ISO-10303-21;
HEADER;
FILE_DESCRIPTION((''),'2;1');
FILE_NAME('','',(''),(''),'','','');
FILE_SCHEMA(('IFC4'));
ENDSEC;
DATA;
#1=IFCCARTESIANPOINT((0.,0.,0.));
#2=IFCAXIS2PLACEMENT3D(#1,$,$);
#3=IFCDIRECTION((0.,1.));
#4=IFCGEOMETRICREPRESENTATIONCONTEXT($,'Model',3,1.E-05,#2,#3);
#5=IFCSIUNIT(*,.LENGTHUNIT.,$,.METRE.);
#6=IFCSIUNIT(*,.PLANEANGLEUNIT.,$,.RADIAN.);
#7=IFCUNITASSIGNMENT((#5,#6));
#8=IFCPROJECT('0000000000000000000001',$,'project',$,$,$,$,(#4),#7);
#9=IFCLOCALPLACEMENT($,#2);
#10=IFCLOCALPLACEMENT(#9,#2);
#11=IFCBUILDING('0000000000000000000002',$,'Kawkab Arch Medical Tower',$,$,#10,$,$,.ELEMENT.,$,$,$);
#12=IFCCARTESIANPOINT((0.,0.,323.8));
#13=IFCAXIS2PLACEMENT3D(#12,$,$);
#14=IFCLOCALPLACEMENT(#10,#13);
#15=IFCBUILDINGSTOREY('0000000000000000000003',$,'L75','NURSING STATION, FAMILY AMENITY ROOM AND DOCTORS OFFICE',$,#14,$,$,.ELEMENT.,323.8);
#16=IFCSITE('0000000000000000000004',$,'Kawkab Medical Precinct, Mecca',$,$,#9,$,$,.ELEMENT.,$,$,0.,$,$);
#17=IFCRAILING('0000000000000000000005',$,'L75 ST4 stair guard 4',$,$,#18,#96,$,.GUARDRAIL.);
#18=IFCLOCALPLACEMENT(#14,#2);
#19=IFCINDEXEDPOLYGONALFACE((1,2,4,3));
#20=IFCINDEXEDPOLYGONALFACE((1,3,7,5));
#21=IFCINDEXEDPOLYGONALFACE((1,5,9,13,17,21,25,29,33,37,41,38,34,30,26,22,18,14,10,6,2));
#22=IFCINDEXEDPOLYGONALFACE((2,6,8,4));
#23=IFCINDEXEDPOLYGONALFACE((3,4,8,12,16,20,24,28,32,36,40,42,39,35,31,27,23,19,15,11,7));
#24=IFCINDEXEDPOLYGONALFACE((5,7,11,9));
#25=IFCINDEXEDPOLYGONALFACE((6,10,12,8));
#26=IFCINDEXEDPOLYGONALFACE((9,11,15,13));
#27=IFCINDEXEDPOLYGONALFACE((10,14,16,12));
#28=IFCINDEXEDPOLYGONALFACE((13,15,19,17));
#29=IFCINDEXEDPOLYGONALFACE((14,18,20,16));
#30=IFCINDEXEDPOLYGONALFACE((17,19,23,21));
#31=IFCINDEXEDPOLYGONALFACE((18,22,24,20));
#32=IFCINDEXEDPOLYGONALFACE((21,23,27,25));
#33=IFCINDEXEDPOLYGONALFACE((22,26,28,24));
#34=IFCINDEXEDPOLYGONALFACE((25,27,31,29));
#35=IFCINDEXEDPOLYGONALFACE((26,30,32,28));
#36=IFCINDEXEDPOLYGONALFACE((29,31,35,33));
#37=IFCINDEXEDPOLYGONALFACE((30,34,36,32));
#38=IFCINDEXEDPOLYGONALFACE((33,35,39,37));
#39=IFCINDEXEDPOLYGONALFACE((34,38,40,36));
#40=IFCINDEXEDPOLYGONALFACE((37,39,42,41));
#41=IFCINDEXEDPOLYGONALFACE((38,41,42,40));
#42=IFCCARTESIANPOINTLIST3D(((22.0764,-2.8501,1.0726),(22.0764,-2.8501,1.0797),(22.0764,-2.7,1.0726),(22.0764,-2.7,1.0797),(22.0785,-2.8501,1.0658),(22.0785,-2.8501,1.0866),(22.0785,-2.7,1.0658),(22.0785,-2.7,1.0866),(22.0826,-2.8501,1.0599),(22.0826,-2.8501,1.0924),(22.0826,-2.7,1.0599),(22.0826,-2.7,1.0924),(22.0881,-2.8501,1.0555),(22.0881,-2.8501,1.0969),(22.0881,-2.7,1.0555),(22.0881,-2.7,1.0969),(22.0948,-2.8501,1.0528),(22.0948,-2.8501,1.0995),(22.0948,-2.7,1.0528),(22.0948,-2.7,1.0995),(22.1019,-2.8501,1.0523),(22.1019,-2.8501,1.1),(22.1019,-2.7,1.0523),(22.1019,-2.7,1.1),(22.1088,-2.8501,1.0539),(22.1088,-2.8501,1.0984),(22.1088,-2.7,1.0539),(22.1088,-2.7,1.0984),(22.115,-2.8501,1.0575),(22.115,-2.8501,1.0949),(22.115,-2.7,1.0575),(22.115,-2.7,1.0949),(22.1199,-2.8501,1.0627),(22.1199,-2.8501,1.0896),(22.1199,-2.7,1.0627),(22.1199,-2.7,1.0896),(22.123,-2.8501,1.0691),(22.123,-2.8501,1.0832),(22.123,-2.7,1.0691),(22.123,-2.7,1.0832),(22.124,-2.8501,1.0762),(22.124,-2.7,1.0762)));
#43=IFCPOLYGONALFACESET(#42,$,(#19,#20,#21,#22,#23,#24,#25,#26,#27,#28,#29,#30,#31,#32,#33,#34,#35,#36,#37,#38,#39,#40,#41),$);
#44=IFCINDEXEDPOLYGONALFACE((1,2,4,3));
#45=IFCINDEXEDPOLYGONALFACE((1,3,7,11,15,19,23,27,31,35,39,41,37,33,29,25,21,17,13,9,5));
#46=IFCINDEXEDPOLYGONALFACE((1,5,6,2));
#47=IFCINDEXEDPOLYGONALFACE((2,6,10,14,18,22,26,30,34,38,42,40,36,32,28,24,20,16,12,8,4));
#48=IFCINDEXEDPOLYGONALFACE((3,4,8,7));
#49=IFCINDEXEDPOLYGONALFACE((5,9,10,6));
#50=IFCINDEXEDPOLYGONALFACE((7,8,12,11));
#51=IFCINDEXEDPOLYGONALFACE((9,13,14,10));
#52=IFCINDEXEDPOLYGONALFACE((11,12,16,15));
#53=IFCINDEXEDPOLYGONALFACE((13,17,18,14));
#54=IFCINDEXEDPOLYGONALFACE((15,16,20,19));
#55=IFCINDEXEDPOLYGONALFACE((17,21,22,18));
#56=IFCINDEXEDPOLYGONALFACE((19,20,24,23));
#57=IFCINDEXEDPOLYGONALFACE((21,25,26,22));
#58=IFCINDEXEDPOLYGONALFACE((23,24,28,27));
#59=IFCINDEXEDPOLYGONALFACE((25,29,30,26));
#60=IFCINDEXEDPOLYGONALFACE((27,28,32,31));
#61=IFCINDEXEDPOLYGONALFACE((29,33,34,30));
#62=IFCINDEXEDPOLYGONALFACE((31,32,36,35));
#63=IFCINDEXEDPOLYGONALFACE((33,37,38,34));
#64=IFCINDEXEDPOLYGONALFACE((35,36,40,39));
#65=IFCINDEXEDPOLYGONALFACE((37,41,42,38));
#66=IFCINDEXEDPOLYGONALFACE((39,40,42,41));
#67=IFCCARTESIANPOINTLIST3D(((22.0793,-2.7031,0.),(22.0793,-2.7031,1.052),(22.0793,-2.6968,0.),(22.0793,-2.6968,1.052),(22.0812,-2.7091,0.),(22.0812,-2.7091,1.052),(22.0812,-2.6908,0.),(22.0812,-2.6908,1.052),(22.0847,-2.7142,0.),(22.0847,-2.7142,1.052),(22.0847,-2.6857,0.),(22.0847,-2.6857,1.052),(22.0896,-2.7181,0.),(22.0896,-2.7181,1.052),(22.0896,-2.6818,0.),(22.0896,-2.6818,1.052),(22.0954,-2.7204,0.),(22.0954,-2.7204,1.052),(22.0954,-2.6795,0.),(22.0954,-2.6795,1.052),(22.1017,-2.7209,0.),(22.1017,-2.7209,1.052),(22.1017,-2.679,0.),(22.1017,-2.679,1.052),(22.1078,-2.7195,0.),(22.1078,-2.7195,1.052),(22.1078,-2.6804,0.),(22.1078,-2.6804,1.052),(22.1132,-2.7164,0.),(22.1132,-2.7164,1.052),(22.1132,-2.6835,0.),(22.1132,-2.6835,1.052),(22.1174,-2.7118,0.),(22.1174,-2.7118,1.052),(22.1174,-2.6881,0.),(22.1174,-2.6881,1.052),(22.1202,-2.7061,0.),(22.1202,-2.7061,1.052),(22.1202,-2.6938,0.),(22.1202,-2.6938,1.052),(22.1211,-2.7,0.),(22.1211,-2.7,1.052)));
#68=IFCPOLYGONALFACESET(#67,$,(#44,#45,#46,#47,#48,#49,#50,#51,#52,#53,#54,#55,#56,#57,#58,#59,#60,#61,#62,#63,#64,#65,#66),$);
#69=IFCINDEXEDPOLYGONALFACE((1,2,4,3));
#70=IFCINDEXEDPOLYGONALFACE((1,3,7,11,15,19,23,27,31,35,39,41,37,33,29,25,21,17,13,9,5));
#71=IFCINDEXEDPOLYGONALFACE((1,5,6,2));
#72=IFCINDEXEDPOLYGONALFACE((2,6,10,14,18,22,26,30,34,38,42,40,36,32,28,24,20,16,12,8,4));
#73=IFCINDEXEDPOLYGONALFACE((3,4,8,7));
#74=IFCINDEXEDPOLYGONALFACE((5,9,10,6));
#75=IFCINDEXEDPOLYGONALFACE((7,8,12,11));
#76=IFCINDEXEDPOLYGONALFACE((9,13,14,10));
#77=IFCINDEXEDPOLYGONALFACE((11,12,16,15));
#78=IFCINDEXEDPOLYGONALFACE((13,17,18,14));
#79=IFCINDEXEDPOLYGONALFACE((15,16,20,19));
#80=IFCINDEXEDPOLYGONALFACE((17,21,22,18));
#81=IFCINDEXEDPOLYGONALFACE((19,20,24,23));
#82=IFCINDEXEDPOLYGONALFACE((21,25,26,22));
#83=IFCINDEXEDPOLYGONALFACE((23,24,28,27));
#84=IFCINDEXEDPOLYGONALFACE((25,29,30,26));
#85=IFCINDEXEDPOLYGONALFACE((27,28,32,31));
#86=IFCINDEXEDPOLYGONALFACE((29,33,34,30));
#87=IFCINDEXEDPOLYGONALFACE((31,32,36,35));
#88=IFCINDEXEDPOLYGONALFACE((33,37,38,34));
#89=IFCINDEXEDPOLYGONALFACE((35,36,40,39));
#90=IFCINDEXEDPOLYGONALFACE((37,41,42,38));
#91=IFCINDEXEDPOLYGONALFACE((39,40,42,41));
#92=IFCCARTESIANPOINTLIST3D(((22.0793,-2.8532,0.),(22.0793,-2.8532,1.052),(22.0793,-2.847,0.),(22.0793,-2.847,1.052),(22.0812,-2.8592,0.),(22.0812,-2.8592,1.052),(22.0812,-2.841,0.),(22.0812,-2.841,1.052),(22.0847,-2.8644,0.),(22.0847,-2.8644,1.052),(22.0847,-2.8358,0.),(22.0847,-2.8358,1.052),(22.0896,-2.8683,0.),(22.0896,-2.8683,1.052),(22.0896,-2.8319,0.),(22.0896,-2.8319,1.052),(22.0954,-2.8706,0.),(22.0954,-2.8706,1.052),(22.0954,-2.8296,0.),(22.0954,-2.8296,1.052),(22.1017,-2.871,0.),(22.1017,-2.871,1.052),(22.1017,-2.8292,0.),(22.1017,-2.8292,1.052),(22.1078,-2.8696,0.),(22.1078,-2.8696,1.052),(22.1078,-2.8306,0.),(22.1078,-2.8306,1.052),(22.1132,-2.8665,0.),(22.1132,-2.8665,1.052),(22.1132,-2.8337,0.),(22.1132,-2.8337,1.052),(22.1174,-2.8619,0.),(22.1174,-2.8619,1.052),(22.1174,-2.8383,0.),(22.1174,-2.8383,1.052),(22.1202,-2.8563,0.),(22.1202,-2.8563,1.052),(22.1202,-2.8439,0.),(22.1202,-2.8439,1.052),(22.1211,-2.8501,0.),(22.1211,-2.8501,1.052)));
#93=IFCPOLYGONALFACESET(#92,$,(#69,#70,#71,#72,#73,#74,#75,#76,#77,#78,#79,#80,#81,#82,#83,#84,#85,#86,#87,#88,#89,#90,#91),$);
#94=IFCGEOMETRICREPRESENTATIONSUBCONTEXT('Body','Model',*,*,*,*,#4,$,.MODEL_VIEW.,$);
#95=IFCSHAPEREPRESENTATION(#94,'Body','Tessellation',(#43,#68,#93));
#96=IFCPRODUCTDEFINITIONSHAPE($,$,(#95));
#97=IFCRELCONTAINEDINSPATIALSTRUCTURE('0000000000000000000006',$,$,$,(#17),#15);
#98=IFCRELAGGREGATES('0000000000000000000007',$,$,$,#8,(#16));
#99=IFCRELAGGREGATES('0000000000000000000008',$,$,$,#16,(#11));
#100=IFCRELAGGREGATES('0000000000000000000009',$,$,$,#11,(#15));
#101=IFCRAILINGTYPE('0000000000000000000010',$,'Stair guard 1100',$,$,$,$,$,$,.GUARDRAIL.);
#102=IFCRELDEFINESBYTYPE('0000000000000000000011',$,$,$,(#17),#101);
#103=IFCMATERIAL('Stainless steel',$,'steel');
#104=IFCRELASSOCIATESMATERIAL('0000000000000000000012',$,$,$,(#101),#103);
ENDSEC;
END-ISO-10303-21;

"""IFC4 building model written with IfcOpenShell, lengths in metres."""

from ifc_helpers import new_model, si_unit, direction, frame, origin, origin_2d, place, context, subcontext, project, spatial, circle, extrude, material, type_object, element, save


model = new_model("IFC4")

# Units and contexts
model_context = context("Model", 3, precision=1e-05, world=origin(), true_north=direction((0.0, 1.0)))
body_context = subcontext(model_context, "Body", "Model", "MODEL_VIEW")
ifc_project = project(units=[si_unit("LENGTHUNIT", "METRE"), si_unit("PLANEANGLEUNIT", "RADIAN")], contexts=[model_context])

# Site, building, storey
site_placement = place(None, origin())
site = spatial("IfcSite", under=ifc_project, at=site_placement, Name="Kawkab Medical Precinct, Mecca", CompositionType="ELEMENT", RefElevation=0.0)
building_placement = place(site_placement, origin())
building = spatial("IfcBuilding", under=site, at=building_placement, Name="Kawkab Arch Medical Tower", CompositionType="ELEMENT")
storey_placement = place(building_placement, frame((0.0, 0.0, 323.8)))
storey = spatial("IfcBuildingStorey", under=building, at=storey_placement, Name="L75", Description="NURSING STATION, FAMILY AMENITY ROOM AND DOCTORS OFFICE", CompositionType="ELEMENT", Elevation=323.8)

# Railing
ifc_material_1 = material(Name="Stainless steel", Category="steel")
railing_type_1 = type_object("IfcRailingType", Name="Stair guard 1100", PredefinedType="GUARDRAIL", material=ifc_material_1)
railing_1_placement = place(storey_placement, frame((22.1001, -2.7, 0.0)))
element("IfcRailing", 1, at=railing_1_placement, inside=storey, type_object=railing_type_1, Name="L75 ST4 stair guard 4", PredefinedType="GUARDRAIL", context=body_context, shape_type="SweptSolid", body=[
    extrude(circle(Radius=0.0239, at=origin_2d()), frame((0.0, 0.0, 1.0762), z_axis=(0.0, -1.0, 0.0), x_axis=(1.0, 0.0, 0.0)), (0.0, 0.0, 1.0), 0.1501),
    extrude(circle(Radius=0.021, at=origin_2d()), origin(), (0.0, 0.0, 1.0), 1.052),
    extrude(circle(Radius=0.021, at=origin_2d()), frame((0.0, -0.1501, 0.0)), (0.0, 0.0, 1.0), 1.052),
])

save(model, "model.ifc")
